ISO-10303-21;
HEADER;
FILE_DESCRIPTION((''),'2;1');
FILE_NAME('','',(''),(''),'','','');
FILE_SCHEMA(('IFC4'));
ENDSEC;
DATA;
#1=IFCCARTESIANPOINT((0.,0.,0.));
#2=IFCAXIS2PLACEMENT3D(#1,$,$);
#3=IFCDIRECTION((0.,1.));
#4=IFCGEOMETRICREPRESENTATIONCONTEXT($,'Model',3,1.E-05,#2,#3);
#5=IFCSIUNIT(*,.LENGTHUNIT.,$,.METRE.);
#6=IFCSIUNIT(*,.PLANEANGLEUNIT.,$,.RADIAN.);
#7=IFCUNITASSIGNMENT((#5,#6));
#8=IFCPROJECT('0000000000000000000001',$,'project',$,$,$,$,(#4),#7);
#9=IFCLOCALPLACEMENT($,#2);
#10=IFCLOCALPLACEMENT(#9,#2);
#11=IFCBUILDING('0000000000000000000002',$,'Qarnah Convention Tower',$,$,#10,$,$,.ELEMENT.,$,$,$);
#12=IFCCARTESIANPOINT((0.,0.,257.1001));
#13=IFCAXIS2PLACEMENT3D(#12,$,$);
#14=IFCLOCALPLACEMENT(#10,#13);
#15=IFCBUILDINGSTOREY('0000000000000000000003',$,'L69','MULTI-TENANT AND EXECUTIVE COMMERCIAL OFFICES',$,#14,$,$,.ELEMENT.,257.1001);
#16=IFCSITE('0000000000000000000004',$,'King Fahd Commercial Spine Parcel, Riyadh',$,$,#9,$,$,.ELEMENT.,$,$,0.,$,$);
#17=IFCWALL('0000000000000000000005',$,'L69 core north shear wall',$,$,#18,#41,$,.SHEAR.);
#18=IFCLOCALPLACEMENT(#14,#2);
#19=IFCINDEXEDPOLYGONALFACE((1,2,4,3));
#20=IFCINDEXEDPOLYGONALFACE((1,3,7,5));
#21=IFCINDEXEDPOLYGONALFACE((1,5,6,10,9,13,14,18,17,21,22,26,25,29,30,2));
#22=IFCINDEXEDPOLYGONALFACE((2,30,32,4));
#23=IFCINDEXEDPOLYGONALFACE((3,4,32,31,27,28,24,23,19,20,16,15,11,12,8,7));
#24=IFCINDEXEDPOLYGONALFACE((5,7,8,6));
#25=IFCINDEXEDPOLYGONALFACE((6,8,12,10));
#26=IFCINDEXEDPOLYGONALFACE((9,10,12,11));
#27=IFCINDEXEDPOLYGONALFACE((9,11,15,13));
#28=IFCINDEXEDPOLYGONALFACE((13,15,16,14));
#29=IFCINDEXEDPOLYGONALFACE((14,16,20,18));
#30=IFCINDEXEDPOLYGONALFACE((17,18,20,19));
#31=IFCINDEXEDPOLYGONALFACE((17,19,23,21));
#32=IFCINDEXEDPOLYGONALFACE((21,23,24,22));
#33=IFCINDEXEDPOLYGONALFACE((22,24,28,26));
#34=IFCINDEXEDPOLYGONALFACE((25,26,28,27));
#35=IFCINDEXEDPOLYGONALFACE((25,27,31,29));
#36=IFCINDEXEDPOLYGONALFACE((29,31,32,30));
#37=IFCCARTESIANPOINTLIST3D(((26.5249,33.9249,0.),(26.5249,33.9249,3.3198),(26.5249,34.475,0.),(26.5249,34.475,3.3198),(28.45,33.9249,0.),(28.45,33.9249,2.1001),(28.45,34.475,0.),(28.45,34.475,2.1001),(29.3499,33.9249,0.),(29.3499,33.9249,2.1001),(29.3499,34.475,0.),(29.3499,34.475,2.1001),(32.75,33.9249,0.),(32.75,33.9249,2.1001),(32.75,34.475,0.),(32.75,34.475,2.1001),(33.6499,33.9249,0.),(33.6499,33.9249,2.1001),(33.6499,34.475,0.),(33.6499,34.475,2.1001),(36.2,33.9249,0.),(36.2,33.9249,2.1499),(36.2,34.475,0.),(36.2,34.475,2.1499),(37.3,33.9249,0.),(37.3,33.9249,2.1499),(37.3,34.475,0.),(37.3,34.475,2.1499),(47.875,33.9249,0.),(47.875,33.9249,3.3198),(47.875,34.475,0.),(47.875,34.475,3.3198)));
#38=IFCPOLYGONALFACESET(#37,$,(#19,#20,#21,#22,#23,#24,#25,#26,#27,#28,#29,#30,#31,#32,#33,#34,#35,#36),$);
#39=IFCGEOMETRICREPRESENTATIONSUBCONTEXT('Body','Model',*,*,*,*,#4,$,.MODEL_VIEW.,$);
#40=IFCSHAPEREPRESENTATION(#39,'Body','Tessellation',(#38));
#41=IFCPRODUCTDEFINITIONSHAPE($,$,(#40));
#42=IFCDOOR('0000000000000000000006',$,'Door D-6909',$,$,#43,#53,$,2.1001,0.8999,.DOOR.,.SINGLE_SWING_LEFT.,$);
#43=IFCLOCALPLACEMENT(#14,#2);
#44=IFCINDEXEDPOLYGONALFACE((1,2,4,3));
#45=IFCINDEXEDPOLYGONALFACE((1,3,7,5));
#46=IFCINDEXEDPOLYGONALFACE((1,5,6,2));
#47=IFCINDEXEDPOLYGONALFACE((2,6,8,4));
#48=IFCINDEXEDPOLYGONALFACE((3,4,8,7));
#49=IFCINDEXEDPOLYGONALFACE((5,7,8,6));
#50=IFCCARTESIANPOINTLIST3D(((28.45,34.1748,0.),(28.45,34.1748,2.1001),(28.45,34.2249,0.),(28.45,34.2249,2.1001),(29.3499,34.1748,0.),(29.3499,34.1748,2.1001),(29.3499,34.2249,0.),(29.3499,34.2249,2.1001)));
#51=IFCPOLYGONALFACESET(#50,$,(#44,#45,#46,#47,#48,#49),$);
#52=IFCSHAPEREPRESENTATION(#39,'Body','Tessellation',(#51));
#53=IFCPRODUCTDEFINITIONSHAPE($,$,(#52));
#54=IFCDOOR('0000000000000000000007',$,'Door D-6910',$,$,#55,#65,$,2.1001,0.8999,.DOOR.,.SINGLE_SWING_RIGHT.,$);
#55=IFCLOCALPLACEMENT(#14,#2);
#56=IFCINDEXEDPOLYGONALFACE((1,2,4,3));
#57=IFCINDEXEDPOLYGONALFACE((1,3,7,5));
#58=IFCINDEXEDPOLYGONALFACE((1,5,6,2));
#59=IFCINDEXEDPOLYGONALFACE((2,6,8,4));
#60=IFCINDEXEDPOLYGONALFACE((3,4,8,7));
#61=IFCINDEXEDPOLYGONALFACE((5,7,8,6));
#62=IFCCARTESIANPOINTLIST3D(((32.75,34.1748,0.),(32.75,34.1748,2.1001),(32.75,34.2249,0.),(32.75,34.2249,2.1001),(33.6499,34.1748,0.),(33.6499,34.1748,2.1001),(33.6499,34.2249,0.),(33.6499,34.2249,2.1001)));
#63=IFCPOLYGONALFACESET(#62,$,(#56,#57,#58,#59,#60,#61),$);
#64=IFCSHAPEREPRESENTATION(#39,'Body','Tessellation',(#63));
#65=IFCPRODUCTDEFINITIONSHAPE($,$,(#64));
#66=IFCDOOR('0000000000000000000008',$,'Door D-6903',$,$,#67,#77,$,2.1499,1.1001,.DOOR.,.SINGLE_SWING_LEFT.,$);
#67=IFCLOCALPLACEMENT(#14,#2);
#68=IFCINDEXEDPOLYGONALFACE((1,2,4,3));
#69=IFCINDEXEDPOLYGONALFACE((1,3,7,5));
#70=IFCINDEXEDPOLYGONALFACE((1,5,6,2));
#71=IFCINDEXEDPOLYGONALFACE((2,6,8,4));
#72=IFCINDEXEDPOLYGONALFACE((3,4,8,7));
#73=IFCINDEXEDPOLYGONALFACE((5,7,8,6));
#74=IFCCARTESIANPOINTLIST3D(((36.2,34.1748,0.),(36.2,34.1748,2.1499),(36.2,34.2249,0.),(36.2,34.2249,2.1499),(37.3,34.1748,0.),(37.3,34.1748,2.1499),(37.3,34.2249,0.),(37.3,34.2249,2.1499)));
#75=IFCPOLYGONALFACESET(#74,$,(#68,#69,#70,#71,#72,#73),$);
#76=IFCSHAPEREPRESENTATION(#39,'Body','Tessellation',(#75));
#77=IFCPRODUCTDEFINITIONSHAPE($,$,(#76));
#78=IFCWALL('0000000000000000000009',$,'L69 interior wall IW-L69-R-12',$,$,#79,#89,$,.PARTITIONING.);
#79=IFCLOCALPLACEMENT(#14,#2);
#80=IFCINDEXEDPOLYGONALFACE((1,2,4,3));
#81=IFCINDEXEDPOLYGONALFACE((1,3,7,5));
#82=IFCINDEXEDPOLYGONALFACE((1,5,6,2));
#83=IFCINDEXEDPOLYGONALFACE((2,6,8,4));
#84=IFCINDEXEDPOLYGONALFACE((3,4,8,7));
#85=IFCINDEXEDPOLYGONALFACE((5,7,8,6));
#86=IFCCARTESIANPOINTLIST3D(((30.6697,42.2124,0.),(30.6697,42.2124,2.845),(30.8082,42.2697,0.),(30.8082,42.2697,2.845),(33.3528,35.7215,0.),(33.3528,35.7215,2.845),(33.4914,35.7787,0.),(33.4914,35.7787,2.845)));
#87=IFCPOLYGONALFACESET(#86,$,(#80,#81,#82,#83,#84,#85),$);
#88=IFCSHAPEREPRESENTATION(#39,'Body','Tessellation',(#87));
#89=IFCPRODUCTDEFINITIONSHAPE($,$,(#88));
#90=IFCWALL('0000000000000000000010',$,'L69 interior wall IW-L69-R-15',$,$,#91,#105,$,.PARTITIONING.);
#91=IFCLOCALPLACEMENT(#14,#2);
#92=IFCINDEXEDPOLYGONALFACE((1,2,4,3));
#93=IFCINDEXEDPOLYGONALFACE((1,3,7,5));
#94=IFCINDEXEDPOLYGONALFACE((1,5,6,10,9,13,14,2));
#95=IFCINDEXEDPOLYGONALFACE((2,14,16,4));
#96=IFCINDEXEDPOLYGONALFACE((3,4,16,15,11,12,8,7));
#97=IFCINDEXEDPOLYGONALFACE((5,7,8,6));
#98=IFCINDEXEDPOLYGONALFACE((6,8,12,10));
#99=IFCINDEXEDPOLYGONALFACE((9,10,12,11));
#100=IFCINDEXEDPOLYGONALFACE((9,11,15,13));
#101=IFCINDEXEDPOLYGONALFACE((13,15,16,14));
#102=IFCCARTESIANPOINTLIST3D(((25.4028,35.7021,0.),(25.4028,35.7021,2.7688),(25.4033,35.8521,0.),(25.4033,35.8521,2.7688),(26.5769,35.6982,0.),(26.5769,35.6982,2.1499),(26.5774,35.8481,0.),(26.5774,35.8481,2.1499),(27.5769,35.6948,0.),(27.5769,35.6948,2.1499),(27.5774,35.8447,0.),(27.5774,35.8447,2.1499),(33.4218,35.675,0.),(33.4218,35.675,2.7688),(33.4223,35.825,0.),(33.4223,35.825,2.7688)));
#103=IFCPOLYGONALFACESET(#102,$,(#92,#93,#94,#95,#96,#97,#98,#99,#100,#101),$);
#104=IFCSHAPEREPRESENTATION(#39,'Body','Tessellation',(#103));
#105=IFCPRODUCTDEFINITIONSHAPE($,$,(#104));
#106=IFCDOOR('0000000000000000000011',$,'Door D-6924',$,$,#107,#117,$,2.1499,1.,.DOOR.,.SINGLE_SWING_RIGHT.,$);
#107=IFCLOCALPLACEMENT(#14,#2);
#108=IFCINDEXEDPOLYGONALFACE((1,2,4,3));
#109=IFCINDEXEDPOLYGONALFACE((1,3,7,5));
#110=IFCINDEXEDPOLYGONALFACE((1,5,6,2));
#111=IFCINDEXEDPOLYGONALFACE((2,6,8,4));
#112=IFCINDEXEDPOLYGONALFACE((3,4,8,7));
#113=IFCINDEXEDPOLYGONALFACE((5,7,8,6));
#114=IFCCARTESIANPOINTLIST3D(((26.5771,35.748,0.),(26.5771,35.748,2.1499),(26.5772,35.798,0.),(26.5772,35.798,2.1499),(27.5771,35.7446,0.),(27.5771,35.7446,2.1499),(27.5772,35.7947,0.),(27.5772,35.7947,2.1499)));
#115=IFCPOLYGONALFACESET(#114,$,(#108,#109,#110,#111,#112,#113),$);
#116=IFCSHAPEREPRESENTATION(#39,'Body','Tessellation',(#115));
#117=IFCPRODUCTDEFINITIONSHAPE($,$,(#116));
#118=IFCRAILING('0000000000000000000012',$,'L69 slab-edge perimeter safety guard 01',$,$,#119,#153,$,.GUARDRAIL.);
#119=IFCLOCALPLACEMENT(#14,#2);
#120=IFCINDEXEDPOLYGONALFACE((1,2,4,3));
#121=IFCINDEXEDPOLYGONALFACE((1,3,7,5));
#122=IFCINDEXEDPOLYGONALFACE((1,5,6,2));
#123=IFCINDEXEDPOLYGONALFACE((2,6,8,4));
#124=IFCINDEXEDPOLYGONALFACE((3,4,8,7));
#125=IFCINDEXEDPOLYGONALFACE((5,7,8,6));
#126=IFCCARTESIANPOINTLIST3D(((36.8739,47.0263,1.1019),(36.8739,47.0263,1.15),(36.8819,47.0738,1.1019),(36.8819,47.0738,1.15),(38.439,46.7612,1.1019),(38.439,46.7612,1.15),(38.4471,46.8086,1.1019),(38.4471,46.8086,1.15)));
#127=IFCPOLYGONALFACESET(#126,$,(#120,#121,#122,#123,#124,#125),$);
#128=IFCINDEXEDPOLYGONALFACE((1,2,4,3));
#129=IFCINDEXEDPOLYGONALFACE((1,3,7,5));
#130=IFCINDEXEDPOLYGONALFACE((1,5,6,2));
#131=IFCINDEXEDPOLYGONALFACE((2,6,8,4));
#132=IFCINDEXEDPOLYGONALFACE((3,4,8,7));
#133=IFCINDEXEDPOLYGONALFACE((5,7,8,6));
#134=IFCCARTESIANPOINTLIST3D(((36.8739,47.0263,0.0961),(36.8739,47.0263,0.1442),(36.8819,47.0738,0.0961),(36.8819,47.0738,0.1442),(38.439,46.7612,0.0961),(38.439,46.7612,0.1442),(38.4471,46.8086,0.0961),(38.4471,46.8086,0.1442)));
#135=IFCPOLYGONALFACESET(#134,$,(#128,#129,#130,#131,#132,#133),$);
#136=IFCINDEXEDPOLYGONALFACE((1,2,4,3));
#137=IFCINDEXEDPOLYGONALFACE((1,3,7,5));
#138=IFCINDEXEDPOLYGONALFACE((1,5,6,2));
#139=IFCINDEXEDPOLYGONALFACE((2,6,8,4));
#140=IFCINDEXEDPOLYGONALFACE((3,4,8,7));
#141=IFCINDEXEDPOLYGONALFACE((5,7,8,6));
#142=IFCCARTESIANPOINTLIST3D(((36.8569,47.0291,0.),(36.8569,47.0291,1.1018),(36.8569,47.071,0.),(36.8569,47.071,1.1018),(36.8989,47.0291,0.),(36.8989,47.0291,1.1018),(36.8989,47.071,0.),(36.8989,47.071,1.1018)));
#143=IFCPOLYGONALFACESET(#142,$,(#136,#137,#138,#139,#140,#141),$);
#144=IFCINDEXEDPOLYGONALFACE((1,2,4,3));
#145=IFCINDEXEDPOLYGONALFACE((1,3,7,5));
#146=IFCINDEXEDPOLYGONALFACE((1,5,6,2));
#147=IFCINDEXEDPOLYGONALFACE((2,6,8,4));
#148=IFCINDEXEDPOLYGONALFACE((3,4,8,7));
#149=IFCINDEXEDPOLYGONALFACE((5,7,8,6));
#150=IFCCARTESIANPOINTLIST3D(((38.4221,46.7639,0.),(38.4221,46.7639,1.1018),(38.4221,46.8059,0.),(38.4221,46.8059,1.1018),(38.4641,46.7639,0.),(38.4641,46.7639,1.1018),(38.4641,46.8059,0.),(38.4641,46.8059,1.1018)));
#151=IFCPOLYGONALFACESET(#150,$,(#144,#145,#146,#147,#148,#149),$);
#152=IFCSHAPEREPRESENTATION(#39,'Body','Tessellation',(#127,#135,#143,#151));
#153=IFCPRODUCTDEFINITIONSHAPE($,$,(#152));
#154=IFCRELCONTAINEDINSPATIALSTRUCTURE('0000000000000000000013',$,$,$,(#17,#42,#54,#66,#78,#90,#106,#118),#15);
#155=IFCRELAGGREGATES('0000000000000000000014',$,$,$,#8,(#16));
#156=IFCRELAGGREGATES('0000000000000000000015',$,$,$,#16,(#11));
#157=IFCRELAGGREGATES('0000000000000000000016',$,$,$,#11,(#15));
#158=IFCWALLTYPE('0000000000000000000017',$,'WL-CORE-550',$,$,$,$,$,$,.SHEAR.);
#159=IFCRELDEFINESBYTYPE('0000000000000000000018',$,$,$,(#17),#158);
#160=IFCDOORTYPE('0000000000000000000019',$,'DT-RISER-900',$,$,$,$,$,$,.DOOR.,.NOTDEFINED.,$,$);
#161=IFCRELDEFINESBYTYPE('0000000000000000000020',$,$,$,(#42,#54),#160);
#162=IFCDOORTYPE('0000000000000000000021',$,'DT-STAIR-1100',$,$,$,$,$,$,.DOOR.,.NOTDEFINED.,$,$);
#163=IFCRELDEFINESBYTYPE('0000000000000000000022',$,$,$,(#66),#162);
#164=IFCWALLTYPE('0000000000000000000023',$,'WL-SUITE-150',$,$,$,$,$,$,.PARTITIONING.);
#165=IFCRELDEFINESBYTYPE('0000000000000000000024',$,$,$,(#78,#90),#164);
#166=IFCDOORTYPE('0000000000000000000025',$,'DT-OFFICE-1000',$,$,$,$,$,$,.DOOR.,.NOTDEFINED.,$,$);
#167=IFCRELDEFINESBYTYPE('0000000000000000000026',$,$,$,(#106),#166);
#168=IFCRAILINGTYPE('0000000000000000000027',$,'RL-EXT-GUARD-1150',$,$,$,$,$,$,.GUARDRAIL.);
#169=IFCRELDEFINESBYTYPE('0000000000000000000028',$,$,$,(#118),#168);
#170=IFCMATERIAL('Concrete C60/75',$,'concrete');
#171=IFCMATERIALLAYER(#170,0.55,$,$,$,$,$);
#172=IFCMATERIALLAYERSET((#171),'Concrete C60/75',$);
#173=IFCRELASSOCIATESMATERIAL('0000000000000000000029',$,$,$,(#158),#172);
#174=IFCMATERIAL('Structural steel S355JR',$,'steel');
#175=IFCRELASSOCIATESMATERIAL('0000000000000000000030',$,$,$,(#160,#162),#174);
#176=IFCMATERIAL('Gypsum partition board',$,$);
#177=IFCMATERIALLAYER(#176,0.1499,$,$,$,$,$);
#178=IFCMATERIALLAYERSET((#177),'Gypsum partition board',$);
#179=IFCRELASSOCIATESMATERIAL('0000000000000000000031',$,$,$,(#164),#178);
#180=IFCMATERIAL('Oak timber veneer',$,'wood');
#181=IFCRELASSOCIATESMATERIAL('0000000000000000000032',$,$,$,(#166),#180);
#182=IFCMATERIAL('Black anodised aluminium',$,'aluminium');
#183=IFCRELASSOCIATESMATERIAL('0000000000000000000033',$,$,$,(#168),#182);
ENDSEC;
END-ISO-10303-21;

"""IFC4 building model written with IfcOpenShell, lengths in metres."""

from ifc_helpers import new_model, si_unit, direction, frame, frame_2d, origin, origin_2d, place, context, subcontext, project, spatial, rectangle, extrude, material, layer, layer_set, type_object, element, fill, save


model = new_model("IFC4")

# Units and contexts
model_context = context("Model", 3, precision=1e-05, world=origin(), true_north=direction((0.0, 1.0)))
body_context = subcontext(model_context, "Body", "Model", "MODEL_VIEW")
ifc_project = project(units=[si_unit("LENGTHUNIT", "METRE"), si_unit("PLANEANGLEUNIT", "RADIAN")], contexts=[model_context])

# Site, building, storey
site_placement = place(None, origin())
site = spatial("IfcSite", under=ifc_project, at=site_placement, Name="King Fahd Commercial Spine Parcel, Riyadh", CompositionType="ELEMENT", RefElevation=0.0)
building_placement = place(site_placement, origin())
building = spatial("IfcBuilding", under=site, at=building_placement, Name="Qarnah Convention Tower", CompositionType="ELEMENT")
storey_placement = place(building_placement, frame((0.0, 0.0, 257.1001)))
storey = spatial("IfcBuildingStorey", under=building, at=storey_placement, Name="L69", Description="MULTI-TENANT AND EXECUTIVE COMMERCIAL OFFICES", CompositionType="ELEMENT", Elevation=257.1001)

# Shared definitions
ifc_material_1 = material(Name="Structural steel S355JR", Category="steel")

# Shared definitions
ifc_material_2 = material(Name="Black anodised aluminium", Category="aluminium")

# Wall, openings, doors
ifc_material_3 = material(Name="Concrete C60/75", Category="concrete")
ifc_layer_1 = layer(ifc_material_3, 0.55)
ifc_layer_set_1 = layer_set([ifc_layer_1], Name="Concrete C60/75")
wall_type_1 = type_object("IfcWallType", Name="WL-CORE-550", PredefinedType="SHEAR", material=ifc_layer_set_1)
wall_1_placement = place(storey_placement, frame((26.5249, 34.2, 0.0), z_axis=(0.0, 0.0, 1.0), x_axis=(1.0, 0.0, 0.0)))
wall_1 = element("IfcWall", 1, at=wall_1_placement, inside=storey, type_object=wall_type_1, Name="L69 core north shear wall", PredefinedType="SHEAR", context=body_context, shape_type="SweptSolid", body=[
    extrude(rectangle(XDim=21.3501, YDim=0.55, at=frame_2d((10.675, 0.0))), origin(), (0.0, 0.0, 1.0), 3.3198),
])
opening_1_placement = place(wall_1_placement, frame((9.675, 0.0, 0.0)))
opening_1 = element("IfcOpeningElement", 2, at=opening_1_placement, cuts=wall_1, PredefinedType="OPENING", context=body_context, shape_type="SweptSolid", body=[
    extrude(rectangle(XDim=1.1001, YDim=2.1499, at=frame_2d((0.55, 1.075))), frame((0.0, 0.2849, 0.0), z_axis=(0.0, -1.0, 0.0), x_axis=(1.0, 0.0, 0.0)), (0.0, 0.0, 1.0), 0.5701),
])
opening_2_placement = place(wall_1_placement, frame((1.925, 0.0, 0.0)))
opening_2 = element("IfcOpeningElement", 3, at=opening_2_placement, cuts=wall_1, PredefinedType="OPENING", context=body_context, shape_type="SweptSolid", body=[
    extrude(rectangle(XDim=0.8999, YDim=2.1001, at=frame_2d((0.45, 1.05))), frame((0.0, 0.2849, 0.0), z_axis=(0.0, -1.0, 0.0), x_axis=(1.0, 0.0, 0.0)), (0.0, 0.0, 1.0), 0.5701),
])
opening_3_placement = place(wall_1_placement, frame((6.2251, 0.0, 0.0)))
opening_3 = element("IfcOpeningElement", 4, at=opening_3_placement, cuts=wall_1, PredefinedType="OPENING", context=body_context, shape_type="SweptSolid", body=[
    extrude(rectangle(XDim=0.8999, YDim=2.1001, at=frame_2d((0.45, 1.05))), frame((0.0, 0.2849, 0.0), z_axis=(0.0, -1.0, 0.0), x_axis=(1.0, 0.0, 0.0)), (0.0, 0.0, 1.0), 0.5701),
])
door_type_1 = type_object("IfcDoorType", Name="DT-RISER-900", OperationType="NOTDEFINED", PredefinedType="DOOR", material=ifc_material_1)
door_1_placement = place(opening_2_placement, origin())
door_1 = element("IfcDoor", 5, at=door_1_placement, inside=storey, type_object=door_type_1, Name="Door D-6909", OperationType="SINGLE_SWING_LEFT", OverallHeight=2.1001, OverallWidth=0.8999, PredefinedType="DOOR", context=body_context, shape_type="SweptSolid", body=[
    extrude(rectangle(XDim=0.8999, YDim=2.1001, at=frame_2d((0.45, 1.05))), frame((0.0, 0.0249, 0.0), z_axis=(0.0, -1.0, 0.0), x_axis=(1.0, 0.0, 0.0)), (0.0, 0.0, 1.0), 0.05),
])
fill(opening_2, door_1)
door_2_placement = place(opening_3_placement, origin())
door_2 = element("IfcDoor", 6, at=door_2_placement, inside=storey, type_object=door_type_1, Name="Door D-6910", OperationType="SINGLE_SWING_RIGHT", OverallHeight=2.1001, OverallWidth=0.8999, PredefinedType="DOOR", context=body_context, shape_type="SweptSolid", body=[
    extrude(rectangle(XDim=0.8999, YDim=2.1001, at=frame_2d((0.45, 1.05))), frame((0.0, 0.0249, 0.0), z_axis=(0.0, -1.0, 0.0), x_axis=(1.0, 0.0, 0.0)), (0.0, 0.0, 1.0), 0.05),
])
fill(opening_3, door_2)
door_type_2 = type_object("IfcDoorType", Name="DT-STAIR-1100", OperationType="NOTDEFINED", PredefinedType="DOOR", material=ifc_material_1)
door_3_placement = place(opening_1_placement, origin())
door_3 = element("IfcDoor", 7, at=door_3_placement, inside=storey, type_object=door_type_2, Name="Door D-6903", OperationType="SINGLE_SWING_LEFT", OverallHeight=2.1499, OverallWidth=1.1001, PredefinedType="DOOR", context=body_context, shape_type="SweptSolid", body=[
    extrude(rectangle(XDim=1.1001, YDim=2.1499, at=frame_2d((0.55, 1.075))), frame((0.0, 0.0249, 0.0), z_axis=(0.0, -1.0, 0.0), x_axis=(1.0, 0.0, 0.0)), (0.0, 0.0, 1.0), 0.05),
])
fill(opening_1, door_3)

# Wall
ifc_material_4 = material(Name="Gypsum partition board")
ifc_layer_2 = layer(ifc_material_4, 0.1499)
ifc_layer_set_2 = layer_set([ifc_layer_2], Name="Gypsum partition board")
wall_type_2 = type_object("IfcWallType", Name="WL-SUITE-150", PredefinedType="PARTITIONING", material=ifc_layer_set_2)
wall_2_placement = place(storey_placement, frame((30.739, 42.241, 0.0), z_axis=(0.0, 0.0, 1.0), x_axis=(0.38201, -0.924158, 0.0)))
element("IfcWall", 8, at=wall_2_placement, inside=storey, type_object=wall_type_2, Name="L69 interior wall IW-L69-R-12", PredefinedType="PARTITIONING", context=body_context, shape_type="SweptSolid", body=[
    extrude(rectangle(XDim=7.0237, YDim=0.1499, at=frame_2d((3.5117, 0.0))), origin(), (0.0, 0.0, 1.0), 2.845),
])

# Wall, opening, door
ifc_material_5 = material(Name="Oak timber veneer", Category="wood")
door_type_3 = type_object("IfcDoorType", Name="DT-OFFICE-1000", OperationType="NOTDEFINED", PredefinedType="DOOR", material=ifc_material_5)
wall_3_placement = place(storey_placement, frame((25.4031, 35.7771, 0.0), z_axis=(0.0, 0.0, 1.0), x_axis=(0.999994, -0.003379, 0.0)))
wall_3 = element("IfcWall", 9, at=wall_3_placement, inside=storey, type_object=wall_type_2, Name="L69 interior wall IW-L69-R-15", PredefinedType="PARTITIONING", context=body_context, shape_type="SweptSolid", body=[
    extrude(rectangle(XDim=8.019, YDim=0.1499, at=frame_2d((4.0095, 0.0))), origin(), (0.0, 0.0, 1.0), 2.7688),
])
opening_4_placement = place(wall_3_placement, frame((1.1741, 0.0, 0.0)))
opening_4 = element("IfcOpeningElement", 10, at=opening_4_placement, cuts=wall_3, PredefinedType="OPENING", context=body_context, shape_type="SweptSolid", body=[
    extrude(rectangle(XDim=1.0, YDim=2.1499, at=frame_2d((0.5, 1.075))), frame((0.0, 0.085, 0.0), z_axis=(0.0, -1.0, 0.0), x_axis=(1.0, 0.0, 0.0)), (0.0, 0.0, 1.0), 0.1699),
])
door_4_placement = place(opening_4_placement, origin())
door_4 = element("IfcDoor", 11, at=door_4_placement, inside=storey, type_object=door_type_3, Name="Door D-6924", OperationType="SINGLE_SWING_RIGHT", OverallHeight=2.1499, OverallWidth=1.0, PredefinedType="DOOR", context=body_context, shape_type="SweptSolid", body=[
    extrude(rectangle(XDim=1.0, YDim=2.1499, at=frame_2d((0.5, 1.075))), frame((0.0, 0.0249, 0.0), z_axis=(0.0, -1.0, 0.0), x_axis=(1.0, 0.0, 0.0)), (0.0, 0.0, 1.0), 0.05),
])
fill(opening_4, door_4)

# Railing
railing_type_1 = type_object("IfcRailingType", Name="RL-EXT-GUARD-1150", PredefinedType="GUARDRAIL", material=ifc_material_2)
railing_1_placement = place(storey_placement, frame((36.8779, 47.05, 0.0)))
element("IfcRailing", 12, at=railing_1_placement, inside=storey, type_object=railing_type_1, Name="L69 slab-edge perimeter safety guard 01", PredefinedType="GUARDRAIL", context=body_context, shape_type="SweptSolid", body=[
    extrude(rectangle(XDim=0.0481, YDim=0.0481, at=origin_2d()), frame((0.0, 0.0, 1.126), z_axis=(0.985954, -0.167017, 0.0), x_axis=(0.167017, 0.985954, 0.0)), (0.0, 0.0, 1.0), 1.5874),
    extrude(rectangle(XDim=0.0481, YDim=0.0481, at=origin_2d()), frame((0.0, 0.0, 0.1201), z_axis=(0.985954, -0.167017, 0.0), x_axis=(0.167017, 0.985954, 0.0)), (0.0, 0.0, 1.0), 1.5874),
    extrude(rectangle(XDim=0.042, YDim=0.042, at=origin_2d()), origin(), (0.0, 0.0, 1.0), 1.1018),
    extrude(rectangle(XDim=0.042, YDim=0.042, at=origin_2d()), frame((1.5652, -0.2651, 0.0)), (0.0, 0.0, 1.0), 1.1018),
])

save(model, "model.ifc")
